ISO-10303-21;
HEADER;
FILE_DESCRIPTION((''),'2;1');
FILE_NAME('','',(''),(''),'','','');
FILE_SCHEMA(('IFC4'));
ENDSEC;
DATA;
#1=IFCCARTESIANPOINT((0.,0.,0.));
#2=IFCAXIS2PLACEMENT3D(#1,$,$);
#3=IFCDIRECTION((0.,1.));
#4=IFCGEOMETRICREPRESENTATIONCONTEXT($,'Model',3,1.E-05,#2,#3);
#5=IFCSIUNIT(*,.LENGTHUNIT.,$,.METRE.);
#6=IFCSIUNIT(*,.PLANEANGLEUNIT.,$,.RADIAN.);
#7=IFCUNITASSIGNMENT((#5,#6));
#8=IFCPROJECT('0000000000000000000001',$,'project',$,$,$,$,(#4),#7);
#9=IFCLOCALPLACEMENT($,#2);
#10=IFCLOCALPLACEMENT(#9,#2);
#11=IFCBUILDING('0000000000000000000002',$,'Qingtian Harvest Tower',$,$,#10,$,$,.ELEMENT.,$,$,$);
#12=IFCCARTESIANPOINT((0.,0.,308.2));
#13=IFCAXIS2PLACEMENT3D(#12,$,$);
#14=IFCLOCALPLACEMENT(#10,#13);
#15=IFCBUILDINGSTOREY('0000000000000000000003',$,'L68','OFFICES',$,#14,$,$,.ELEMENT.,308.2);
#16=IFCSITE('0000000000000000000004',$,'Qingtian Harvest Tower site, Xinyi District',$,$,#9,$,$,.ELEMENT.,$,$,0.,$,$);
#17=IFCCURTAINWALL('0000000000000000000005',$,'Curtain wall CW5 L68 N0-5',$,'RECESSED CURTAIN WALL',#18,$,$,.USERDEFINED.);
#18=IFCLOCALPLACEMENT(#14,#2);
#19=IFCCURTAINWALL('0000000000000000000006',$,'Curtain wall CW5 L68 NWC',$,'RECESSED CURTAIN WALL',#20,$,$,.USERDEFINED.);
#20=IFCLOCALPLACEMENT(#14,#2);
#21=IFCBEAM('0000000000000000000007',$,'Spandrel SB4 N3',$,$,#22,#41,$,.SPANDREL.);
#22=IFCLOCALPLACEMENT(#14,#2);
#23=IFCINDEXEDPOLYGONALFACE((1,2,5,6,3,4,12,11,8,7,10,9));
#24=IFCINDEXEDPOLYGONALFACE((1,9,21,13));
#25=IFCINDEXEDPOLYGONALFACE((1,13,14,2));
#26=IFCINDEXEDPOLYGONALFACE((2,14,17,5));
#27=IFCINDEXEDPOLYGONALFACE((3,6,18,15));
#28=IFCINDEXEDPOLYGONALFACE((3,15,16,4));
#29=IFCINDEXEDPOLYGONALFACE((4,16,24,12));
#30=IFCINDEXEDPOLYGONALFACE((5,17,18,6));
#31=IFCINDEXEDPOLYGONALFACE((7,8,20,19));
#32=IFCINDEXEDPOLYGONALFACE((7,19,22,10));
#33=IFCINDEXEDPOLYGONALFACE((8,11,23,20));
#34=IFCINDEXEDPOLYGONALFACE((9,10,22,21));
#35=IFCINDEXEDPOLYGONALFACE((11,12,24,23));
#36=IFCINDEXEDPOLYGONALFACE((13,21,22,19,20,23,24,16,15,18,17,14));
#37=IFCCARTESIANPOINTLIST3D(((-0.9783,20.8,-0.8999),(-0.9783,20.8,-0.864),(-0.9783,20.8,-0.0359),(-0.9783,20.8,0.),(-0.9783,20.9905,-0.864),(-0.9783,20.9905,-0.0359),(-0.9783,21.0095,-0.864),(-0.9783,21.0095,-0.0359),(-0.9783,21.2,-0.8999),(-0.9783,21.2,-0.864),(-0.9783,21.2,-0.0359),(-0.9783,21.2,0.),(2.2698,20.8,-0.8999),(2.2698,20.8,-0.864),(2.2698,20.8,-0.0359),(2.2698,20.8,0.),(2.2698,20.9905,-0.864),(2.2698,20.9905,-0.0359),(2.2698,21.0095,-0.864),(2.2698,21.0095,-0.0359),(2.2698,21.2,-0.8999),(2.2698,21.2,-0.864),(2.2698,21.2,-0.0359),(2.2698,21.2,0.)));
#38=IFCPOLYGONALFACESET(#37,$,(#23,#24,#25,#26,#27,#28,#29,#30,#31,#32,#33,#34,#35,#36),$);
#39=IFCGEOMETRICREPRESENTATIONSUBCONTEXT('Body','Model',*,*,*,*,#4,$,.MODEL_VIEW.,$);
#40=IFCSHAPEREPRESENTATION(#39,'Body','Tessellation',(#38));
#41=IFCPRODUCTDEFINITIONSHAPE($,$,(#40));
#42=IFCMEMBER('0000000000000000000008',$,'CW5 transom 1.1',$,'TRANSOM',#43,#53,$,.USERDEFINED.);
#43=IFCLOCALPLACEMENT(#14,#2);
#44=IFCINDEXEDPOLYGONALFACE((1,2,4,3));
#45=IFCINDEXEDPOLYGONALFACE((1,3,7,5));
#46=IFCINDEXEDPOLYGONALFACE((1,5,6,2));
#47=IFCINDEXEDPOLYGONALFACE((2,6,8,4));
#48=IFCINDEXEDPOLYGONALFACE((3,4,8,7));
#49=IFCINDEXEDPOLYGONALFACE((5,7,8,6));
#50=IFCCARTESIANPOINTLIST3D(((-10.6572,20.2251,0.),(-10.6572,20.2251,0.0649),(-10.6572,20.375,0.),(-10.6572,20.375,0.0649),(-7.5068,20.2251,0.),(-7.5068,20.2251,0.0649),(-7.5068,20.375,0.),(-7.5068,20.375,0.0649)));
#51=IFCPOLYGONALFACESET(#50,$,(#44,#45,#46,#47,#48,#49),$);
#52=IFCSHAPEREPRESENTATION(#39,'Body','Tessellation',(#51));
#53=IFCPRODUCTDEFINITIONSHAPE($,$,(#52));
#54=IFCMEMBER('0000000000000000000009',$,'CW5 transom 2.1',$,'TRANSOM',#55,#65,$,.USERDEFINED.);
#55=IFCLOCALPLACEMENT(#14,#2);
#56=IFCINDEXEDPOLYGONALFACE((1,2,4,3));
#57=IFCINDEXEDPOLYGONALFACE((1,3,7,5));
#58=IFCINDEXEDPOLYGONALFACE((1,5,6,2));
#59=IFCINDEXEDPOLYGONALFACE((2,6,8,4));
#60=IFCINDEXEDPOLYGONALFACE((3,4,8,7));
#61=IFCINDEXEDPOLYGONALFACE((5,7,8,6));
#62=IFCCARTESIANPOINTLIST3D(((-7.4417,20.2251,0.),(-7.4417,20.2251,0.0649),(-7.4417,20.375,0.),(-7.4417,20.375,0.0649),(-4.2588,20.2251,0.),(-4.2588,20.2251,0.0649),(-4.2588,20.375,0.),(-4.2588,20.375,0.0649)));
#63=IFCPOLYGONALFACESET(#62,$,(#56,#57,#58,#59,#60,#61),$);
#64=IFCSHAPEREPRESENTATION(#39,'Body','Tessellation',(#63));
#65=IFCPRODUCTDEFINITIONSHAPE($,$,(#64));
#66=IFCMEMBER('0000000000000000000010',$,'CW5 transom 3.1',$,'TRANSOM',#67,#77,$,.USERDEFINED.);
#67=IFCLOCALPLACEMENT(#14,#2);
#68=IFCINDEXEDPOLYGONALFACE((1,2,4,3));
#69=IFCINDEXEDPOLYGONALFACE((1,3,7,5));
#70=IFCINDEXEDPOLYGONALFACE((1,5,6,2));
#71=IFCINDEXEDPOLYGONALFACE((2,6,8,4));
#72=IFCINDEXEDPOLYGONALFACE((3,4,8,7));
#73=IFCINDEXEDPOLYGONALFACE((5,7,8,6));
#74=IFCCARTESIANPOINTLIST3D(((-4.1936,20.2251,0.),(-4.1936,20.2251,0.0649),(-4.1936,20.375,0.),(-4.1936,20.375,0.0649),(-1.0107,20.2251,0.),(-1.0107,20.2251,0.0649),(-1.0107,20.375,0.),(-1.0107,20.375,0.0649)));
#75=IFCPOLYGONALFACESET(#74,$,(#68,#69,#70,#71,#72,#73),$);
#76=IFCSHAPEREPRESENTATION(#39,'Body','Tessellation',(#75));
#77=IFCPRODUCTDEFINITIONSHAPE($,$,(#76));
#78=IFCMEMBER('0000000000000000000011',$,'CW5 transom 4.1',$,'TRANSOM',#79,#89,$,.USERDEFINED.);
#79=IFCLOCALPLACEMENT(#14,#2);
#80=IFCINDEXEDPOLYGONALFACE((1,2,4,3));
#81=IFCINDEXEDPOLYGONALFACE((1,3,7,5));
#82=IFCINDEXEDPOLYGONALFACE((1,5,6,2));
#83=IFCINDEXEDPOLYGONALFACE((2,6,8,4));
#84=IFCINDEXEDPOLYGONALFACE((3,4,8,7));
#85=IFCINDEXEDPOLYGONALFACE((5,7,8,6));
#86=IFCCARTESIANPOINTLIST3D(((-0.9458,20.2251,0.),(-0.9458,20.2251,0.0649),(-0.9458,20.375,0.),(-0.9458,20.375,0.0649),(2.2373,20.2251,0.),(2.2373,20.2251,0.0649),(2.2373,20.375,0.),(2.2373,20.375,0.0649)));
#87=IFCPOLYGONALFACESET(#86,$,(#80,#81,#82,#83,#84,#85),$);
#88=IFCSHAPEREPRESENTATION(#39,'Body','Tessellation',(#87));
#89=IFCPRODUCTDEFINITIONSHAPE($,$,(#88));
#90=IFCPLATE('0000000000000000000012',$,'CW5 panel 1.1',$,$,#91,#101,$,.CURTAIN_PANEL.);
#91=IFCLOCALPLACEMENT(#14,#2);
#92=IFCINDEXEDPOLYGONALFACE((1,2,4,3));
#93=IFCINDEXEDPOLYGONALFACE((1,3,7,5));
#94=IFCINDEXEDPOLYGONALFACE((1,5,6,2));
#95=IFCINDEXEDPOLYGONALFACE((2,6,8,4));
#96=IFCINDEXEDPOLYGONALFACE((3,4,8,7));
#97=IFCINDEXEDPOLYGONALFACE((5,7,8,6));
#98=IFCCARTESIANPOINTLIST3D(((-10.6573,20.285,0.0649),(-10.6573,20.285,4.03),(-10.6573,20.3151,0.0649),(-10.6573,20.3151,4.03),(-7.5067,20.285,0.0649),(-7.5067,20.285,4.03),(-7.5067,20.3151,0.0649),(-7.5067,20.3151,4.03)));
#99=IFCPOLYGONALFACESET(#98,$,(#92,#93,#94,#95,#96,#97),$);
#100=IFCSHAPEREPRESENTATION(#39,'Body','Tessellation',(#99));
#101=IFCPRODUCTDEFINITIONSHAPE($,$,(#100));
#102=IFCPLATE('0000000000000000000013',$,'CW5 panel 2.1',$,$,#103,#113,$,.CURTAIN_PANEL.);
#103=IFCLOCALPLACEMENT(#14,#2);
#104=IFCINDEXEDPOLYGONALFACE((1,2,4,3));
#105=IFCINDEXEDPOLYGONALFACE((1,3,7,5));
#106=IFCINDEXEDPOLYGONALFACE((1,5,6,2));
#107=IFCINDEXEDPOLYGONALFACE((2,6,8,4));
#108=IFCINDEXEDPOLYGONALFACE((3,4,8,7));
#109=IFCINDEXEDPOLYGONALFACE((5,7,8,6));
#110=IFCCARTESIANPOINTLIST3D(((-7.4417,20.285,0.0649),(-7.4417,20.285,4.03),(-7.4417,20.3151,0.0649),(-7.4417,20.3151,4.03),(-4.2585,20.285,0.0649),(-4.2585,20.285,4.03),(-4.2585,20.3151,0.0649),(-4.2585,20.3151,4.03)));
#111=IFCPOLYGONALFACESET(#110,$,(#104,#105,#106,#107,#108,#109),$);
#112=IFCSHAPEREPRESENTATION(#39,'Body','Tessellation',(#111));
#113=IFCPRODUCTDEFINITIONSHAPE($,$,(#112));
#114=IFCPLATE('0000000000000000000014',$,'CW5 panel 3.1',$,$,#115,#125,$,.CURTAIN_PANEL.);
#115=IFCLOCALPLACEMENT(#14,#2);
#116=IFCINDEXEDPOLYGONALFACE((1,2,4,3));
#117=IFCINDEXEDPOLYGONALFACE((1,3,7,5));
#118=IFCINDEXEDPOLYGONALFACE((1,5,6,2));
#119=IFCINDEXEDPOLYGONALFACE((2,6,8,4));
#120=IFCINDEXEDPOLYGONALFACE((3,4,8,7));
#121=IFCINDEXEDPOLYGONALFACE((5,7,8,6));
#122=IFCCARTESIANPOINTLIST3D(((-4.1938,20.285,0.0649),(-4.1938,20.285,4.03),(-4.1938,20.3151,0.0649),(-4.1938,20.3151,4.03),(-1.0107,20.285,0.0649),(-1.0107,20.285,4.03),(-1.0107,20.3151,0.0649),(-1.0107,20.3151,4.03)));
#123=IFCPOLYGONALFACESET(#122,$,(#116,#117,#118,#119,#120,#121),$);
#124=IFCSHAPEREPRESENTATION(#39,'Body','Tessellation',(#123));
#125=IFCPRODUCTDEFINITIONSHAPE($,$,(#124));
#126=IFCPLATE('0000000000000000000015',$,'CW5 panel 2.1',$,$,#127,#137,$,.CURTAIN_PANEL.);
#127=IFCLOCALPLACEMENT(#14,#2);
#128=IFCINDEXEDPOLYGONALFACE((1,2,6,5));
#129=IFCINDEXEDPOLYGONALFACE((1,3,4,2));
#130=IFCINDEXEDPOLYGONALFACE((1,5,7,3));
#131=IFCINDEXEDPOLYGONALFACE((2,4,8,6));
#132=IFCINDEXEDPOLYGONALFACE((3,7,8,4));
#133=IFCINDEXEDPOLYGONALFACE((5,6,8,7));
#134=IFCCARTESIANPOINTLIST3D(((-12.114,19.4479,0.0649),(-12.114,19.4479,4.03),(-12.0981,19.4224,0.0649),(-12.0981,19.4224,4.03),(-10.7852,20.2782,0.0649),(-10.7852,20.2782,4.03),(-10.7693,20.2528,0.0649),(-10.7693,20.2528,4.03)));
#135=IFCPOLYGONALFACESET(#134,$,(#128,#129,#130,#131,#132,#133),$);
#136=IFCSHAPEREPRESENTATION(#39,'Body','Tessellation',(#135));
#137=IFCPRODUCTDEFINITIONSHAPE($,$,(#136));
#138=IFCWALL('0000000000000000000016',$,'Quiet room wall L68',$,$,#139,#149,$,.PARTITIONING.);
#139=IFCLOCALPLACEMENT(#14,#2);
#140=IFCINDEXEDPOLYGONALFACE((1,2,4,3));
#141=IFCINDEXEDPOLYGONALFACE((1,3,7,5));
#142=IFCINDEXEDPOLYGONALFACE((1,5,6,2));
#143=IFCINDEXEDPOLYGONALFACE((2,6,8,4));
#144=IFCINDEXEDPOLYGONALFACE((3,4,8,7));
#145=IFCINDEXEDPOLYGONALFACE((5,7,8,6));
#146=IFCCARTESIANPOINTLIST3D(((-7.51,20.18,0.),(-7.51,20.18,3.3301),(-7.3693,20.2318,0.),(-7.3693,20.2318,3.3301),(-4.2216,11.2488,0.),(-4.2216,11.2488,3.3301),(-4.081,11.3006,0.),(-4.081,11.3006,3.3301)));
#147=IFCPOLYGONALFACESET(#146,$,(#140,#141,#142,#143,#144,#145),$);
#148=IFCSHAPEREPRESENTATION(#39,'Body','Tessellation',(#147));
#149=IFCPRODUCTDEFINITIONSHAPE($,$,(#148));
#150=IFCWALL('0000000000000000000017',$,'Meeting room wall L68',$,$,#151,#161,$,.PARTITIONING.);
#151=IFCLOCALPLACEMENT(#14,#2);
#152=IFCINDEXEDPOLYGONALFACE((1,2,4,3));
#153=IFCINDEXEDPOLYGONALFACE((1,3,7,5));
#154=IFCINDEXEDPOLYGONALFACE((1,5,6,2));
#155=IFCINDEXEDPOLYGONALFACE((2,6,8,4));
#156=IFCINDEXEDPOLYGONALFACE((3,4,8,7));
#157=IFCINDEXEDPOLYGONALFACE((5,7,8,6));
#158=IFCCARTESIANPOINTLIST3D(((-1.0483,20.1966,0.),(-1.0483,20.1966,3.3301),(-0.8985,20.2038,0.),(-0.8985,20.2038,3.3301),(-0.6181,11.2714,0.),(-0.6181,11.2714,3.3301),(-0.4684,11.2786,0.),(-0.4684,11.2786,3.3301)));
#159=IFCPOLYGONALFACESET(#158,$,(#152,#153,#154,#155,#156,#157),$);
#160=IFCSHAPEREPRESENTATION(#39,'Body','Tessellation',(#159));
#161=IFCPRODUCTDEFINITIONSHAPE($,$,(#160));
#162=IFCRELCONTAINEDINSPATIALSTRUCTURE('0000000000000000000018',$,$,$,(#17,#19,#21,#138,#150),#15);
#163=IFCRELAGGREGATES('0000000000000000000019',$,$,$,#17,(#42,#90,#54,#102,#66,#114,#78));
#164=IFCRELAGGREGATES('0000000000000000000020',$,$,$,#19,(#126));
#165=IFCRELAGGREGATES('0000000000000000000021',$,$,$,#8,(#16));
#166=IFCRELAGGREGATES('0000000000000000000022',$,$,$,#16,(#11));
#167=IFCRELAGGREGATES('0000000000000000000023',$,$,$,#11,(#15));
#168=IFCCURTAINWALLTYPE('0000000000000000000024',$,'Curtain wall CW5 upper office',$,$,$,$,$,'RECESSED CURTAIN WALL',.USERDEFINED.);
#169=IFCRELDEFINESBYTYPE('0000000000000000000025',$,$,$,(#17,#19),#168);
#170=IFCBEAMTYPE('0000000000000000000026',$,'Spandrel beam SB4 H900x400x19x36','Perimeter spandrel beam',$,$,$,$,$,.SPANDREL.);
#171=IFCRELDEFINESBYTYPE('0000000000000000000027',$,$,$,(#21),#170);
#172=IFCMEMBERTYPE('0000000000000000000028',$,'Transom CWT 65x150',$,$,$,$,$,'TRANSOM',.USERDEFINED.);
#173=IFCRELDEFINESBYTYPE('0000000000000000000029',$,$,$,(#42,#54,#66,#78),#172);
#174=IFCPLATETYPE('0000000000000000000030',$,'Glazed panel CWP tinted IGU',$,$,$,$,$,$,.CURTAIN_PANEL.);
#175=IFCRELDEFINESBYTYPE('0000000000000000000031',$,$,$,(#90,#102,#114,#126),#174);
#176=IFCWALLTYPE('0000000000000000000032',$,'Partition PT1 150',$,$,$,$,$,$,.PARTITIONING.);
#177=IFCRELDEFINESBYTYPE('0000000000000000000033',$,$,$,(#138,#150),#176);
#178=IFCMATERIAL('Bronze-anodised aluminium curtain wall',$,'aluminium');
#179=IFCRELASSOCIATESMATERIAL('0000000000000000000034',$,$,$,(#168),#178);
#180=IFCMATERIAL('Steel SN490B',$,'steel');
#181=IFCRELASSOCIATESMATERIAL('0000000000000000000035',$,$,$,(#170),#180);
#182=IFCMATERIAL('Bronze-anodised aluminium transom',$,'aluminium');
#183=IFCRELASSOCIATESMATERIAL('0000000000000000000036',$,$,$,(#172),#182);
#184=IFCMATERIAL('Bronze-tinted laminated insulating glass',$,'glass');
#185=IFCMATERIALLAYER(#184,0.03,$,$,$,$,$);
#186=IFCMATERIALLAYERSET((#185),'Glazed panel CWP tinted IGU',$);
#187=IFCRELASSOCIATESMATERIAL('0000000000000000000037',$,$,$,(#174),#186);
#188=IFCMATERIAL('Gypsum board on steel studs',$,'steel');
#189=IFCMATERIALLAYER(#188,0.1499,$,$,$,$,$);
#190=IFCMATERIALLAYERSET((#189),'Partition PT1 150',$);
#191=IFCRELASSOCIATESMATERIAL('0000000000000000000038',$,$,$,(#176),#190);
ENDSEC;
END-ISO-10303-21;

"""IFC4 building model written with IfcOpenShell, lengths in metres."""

from ifc_helpers import new_model, si_unit, direction, frame, frame_2d, origin, origin_2d, place, context, subcontext, project, spatial, rectangle, i_section, extrude, material, layer, layer_set, material_profile, profile_set, type_object, element, aggregate, save


model = new_model("IFC4")

# Units and contexts
model_context = context("Model", 3, precision=1e-05, world=origin(), true_north=direction((0.0, 1.0)))
body_context = subcontext(model_context, "Body", "Model", "MODEL_VIEW")
ifc_project = project(units=[si_unit("LENGTHUNIT", "METRE"), si_unit("PLANEANGLEUNIT", "RADIAN")], contexts=[model_context])

# Site, building, storey
site_placement = place(None, origin())
site = spatial("IfcSite", under=ifc_project, at=site_placement, Name="Qingtian Harvest Tower site, Xinyi District", CompositionType="ELEMENT", RefElevation=0.0)
building_placement = place(site_placement, origin())
building = spatial("IfcBuilding", under=site, at=building_placement, Name="Qingtian Harvest Tower", CompositionType="ELEMENT")
storey_placement = place(building_placement, frame((0.0, 0.0, 308.2)))
storey = spatial("IfcBuildingStorey", under=building, at=storey_placement, Name="L68", Description="OFFICES", CompositionType="ELEMENT", Elevation=308.2)

# Curtain wall
ifc_material_1 = material(Name="Bronze-anodised aluminium curtain wall", Category="aluminium")
curtain_wall_type = type_object("IfcCurtainWallType", Name="Curtain wall CW5 upper office", ElementType="RECESSED CURTAIN WALL", PredefinedType="USERDEFINED", material=ifc_material_1)
curtain_wall_1_placement = place(storey_placement, origin())
curtain_wall_1 = element("IfcCurtainWall", 1, at=curtain_wall_1_placement, inside=storey, type_object=curtain_wall_type, Name="Curtain wall CW5 L68 N0-5", ObjectType="RECESSED CURTAIN WALL", PredefinedType="USERDEFINED")

# Curtain wall
curtain_wall_2_placement = place(storey_placement, origin())
curtain_wall_2 = element("IfcCurtainWall", 2, at=curtain_wall_2_placement, inside=storey, type_object=curtain_wall_type, Name="Curtain wall CW5 L68 NWC", ObjectType="RECESSED CURTAIN WALL", PredefinedType="USERDEFINED")

# Beam
ifc_material_2 = material(Name="Steel SN490B", Category="steel")
ifc_material_profile_1 = material_profile(ifc_material_2, i_section(OverallWidth=0.3999, OverallDepth=0.8999, WebThickness=0.019, FlangeThickness=0.0359, at=origin_2d()), Name="H900x400x19x36")
ifc_profile_set_1 = profile_set([ifc_material_profile_1], Name="Steel SN490B")
beam_type_1 = type_object("IfcBeamType", Name="Spandrel beam SB4 H900x400x19x36", Description="Perimeter spandrel beam", PredefinedType="SPANDREL", material=ifc_profile_set_1)
for number, where, z_axis, x_axis, name in (
    (3, (-0.9783, 21.0, -0.45), (1.0, 0.0, 0.0), (0.0, 1.0, 0.0), "Spandrel SB4 N3"),
):
    element("IfcBeam", number, at=place(storey_placement, frame(where, z_axis=z_axis, x_axis=x_axis)), inside=storey, type_object=beam_type_1, Name=name, PredefinedType="SPANDREL", context=body_context, shape_type="SweptSolid", body=[
        extrude(i_section(OverallWidth=0.3999, OverallDepth=0.8999, WebThickness=0.019, FlangeThickness=0.0359, at=origin_2d()), origin(), (0.0, 0.0, 1.0), 3.248),
    ])

# Members
ifc_material_3 = material(Name="Bronze-anodised aluminium transom", Category="aluminium")
ifc_material_profile_2 = material_profile(ifc_material_3, rectangle(XDim=0.1499, YDim=0.0649, at=origin_2d()), Name="AL 65x150")
ifc_profile_set_2 = profile_set([ifc_material_profile_2], Name="Bronze-anodised aluminium transom")
member_type_1 = type_object("IfcMemberType", Name="Transom CWT 65x150", ElementType="TRANSOM", PredefinedType="USERDEFINED", material=ifc_profile_set_2)
member_1_placement = place(storey_placement, frame((-10.6572, 20.3, 0.0325), z_axis=(1.0, 0.0, 0.0), x_axis=(0.0, 1.0, 0.0)))
member_1 = element("IfcMember", 4, at=member_1_placement, type_object=member_type_1, Name="CW5 transom 1.1", ObjectType="TRANSOM", PredefinedType="USERDEFINED", context=body_context, shape_type="SweptSolid", body=[
    extrude(rectangle(XDim=0.1499, YDim=0.0649, at=origin_2d()), origin(), (0.0, 0.0, 1.0), 3.1504),
])
member_2_placement = place(storey_placement, frame((-7.4417, 20.3, 0.0325), z_axis=(1.0, 0.0, 0.0), x_axis=(0.0, 1.0, 0.0)))
member_2 = element("IfcMember", 5, at=member_2_placement, type_object=member_type_1, Name="CW5 transom 2.1", ObjectType="TRANSOM", PredefinedType="USERDEFINED", context=body_context, shape_type="SweptSolid", body=[
    extrude(rectangle(XDim=0.1499, YDim=0.0649, at=origin_2d()), origin(), (0.0, 0.0, 1.0), 3.1829),
])
member_3_placement = place(storey_placement, frame((-4.1936, 20.3, 0.0325), z_axis=(1.0, 0.0, 0.0), x_axis=(0.0, 1.0, 0.0)))
member_3 = element("IfcMember", 6, at=member_3_placement, type_object=member_type_1, Name="CW5 transom 3.1", ObjectType="TRANSOM", PredefinedType="USERDEFINED", context=body_context, shape_type="SweptSolid", body=[
    extrude(rectangle(XDim=0.1499, YDim=0.0649, at=origin_2d()), origin(), (0.0, 0.0, 1.0), 3.1829),
])
member_4_placement = place(storey_placement, frame((-0.9458, 20.3, 0.0325), z_axis=(1.0, 0.0, 0.0), x_axis=(0.0, 1.0, 0.0)))
member_4 = element("IfcMember", 7, at=member_4_placement, type_object=member_type_1, Name="CW5 transom 4.1", ObjectType="TRANSOM", PredefinedType="USERDEFINED", context=body_context, shape_type="SweptSolid", body=[
    extrude(rectangle(XDim=0.1499, YDim=0.0649, at=origin_2d()), origin(), (0.0, 0.0, 1.0), 3.1831),
])

# Plates
ifc_material_4 = material(Name="Bronze-tinted laminated insulating glass", Category="glass")
ifc_layer_1 = layer(ifc_material_4, 0.03)
ifc_layer_set_1 = layer_set([ifc_layer_1], Name="Glazed panel CWP tinted IGU")
plate_type = type_object("IfcPlateType", Name="Glazed panel CWP tinted IGU", PredefinedType="CURTAIN_PANEL", material=ifc_layer_set_1)
plate_1_placement = place(storey_placement, frame((-9.082, 20.3, 0.0649), z_axis=(0.0, 0.0, 1.0), x_axis=(1.0, 0.0, 0.0)))
plate_1 = element("IfcPlate", 8, at=plate_1_placement, type_object=plate_type, Name="CW5 panel 1.1", PredefinedType="CURTAIN_PANEL", context=body_context, shape_type="SweptSolid", body=[
    extrude(rectangle(XDim=3.1506, YDim=0.03, at=origin_2d()), origin(), (0.0, 0.0, 1.0), 3.9651),
])
plate_2_placement = place(storey_placement, frame((-5.8501, 20.3, 0.0649), z_axis=(0.0, 0.0, 1.0), x_axis=(1.0, 0.0, 0.0)))
plate_2 = element("IfcPlate", 9, at=plate_2_placement, type_object=plate_type, Name="CW5 panel 2.1", PredefinedType="CURTAIN_PANEL", context=body_context, shape_type="SweptSolid", body=[
    extrude(rectangle(XDim=3.1831, YDim=0.03, at=origin_2d()), origin(), (0.0, 0.0, 1.0), 3.9651),
])
plate_3_placement = place(storey_placement, frame((-2.6023, 20.3, 0.0649), z_axis=(0.0, 0.0, 1.0), x_axis=(1.0, 0.0, 0.0)))
plate_3 = element("IfcPlate", 10, at=plate_3_placement, type_object=plate_type, Name="CW5 panel 3.1", PredefinedType="CURTAIN_PANEL", context=body_context, shape_type="SweptSolid", body=[
    extrude(rectangle(XDim=3.1831, YDim=0.03, at=origin_2d()), origin(), (0.0, 0.0, 1.0), 3.9651),
])
aggregate(curtain_wall_1, [member_1, plate_1, member_2, plate_2, member_3, plate_3, member_4])
plate_4_placement = place(storey_placement, frame((-11.4417, 19.8503, 0.0649), z_axis=(0.0, 0.0, 1.0), x_axis=(0.848048, 0.529919, 0.0)))
plate_4 = element("IfcPlate", 11, at=plate_4_placement, type_object=plate_type, Name="CW5 panel 2.1", PredefinedType="CURTAIN_PANEL", context=body_context, shape_type="SweptSolid", body=[
    extrude(rectangle(XDim=1.5669, YDim=0.03, at=origin_2d()), origin(), (0.0, 0.0, 1.0), 3.9651),
])
aggregate(curtain_wall_2, [plate_4])

# Walls
ifc_material_5 = material(Name="Gypsum board on steel studs", Category="steel")
ifc_layer_2 = layer(ifc_material_5, 0.1499)
ifc_layer_set_2 = layer_set([ifc_layer_2], Name="Partition PT1 150")
wall_type = type_object("IfcWallType", Name="Partition PT1 150", PredefinedType="PARTITIONING", material=ifc_layer_set_2)
wall_1_placement = place(storey_placement, frame((-7.4397, 20.2061, 0.0), z_axis=(0.0, 0.0, 1.0), x_axis=(0.345512, -0.938414, 0.0)))
element("IfcWall", 12, at=wall_1_placement, inside=storey, type_object=wall_type, Name="Quiet room wall L68", PredefinedType="PARTITIONING", context=body_context, shape_type="SweptSolid", body=[
    extrude(rectangle(XDim=9.5173, YDim=0.1499, at=frame_2d((4.7588, 0.0))), origin(), (0.0, 0.0, 1.0), 3.3301),
])
wall_2_placement = place(storey_placement, frame((-0.9734, 20.2002, 0.0), z_axis=(0.0, 0.0, 1.0), x_axis=(0.048142, -0.998841, 0.0)))
element("IfcWall", 13, at=wall_2_placement, inside=storey, type_object=wall_type, Name="Meeting room wall L68", PredefinedType="PARTITIONING", context=body_context, shape_type="SweptSolid", body=[
    extrude(rectangle(XDim=8.9355, YDim=0.1499, at=frame_2d((4.4678, 0.0))), origin(), (0.0, 0.0, 1.0), 3.3301),
])

save(model, "model.ifc")
